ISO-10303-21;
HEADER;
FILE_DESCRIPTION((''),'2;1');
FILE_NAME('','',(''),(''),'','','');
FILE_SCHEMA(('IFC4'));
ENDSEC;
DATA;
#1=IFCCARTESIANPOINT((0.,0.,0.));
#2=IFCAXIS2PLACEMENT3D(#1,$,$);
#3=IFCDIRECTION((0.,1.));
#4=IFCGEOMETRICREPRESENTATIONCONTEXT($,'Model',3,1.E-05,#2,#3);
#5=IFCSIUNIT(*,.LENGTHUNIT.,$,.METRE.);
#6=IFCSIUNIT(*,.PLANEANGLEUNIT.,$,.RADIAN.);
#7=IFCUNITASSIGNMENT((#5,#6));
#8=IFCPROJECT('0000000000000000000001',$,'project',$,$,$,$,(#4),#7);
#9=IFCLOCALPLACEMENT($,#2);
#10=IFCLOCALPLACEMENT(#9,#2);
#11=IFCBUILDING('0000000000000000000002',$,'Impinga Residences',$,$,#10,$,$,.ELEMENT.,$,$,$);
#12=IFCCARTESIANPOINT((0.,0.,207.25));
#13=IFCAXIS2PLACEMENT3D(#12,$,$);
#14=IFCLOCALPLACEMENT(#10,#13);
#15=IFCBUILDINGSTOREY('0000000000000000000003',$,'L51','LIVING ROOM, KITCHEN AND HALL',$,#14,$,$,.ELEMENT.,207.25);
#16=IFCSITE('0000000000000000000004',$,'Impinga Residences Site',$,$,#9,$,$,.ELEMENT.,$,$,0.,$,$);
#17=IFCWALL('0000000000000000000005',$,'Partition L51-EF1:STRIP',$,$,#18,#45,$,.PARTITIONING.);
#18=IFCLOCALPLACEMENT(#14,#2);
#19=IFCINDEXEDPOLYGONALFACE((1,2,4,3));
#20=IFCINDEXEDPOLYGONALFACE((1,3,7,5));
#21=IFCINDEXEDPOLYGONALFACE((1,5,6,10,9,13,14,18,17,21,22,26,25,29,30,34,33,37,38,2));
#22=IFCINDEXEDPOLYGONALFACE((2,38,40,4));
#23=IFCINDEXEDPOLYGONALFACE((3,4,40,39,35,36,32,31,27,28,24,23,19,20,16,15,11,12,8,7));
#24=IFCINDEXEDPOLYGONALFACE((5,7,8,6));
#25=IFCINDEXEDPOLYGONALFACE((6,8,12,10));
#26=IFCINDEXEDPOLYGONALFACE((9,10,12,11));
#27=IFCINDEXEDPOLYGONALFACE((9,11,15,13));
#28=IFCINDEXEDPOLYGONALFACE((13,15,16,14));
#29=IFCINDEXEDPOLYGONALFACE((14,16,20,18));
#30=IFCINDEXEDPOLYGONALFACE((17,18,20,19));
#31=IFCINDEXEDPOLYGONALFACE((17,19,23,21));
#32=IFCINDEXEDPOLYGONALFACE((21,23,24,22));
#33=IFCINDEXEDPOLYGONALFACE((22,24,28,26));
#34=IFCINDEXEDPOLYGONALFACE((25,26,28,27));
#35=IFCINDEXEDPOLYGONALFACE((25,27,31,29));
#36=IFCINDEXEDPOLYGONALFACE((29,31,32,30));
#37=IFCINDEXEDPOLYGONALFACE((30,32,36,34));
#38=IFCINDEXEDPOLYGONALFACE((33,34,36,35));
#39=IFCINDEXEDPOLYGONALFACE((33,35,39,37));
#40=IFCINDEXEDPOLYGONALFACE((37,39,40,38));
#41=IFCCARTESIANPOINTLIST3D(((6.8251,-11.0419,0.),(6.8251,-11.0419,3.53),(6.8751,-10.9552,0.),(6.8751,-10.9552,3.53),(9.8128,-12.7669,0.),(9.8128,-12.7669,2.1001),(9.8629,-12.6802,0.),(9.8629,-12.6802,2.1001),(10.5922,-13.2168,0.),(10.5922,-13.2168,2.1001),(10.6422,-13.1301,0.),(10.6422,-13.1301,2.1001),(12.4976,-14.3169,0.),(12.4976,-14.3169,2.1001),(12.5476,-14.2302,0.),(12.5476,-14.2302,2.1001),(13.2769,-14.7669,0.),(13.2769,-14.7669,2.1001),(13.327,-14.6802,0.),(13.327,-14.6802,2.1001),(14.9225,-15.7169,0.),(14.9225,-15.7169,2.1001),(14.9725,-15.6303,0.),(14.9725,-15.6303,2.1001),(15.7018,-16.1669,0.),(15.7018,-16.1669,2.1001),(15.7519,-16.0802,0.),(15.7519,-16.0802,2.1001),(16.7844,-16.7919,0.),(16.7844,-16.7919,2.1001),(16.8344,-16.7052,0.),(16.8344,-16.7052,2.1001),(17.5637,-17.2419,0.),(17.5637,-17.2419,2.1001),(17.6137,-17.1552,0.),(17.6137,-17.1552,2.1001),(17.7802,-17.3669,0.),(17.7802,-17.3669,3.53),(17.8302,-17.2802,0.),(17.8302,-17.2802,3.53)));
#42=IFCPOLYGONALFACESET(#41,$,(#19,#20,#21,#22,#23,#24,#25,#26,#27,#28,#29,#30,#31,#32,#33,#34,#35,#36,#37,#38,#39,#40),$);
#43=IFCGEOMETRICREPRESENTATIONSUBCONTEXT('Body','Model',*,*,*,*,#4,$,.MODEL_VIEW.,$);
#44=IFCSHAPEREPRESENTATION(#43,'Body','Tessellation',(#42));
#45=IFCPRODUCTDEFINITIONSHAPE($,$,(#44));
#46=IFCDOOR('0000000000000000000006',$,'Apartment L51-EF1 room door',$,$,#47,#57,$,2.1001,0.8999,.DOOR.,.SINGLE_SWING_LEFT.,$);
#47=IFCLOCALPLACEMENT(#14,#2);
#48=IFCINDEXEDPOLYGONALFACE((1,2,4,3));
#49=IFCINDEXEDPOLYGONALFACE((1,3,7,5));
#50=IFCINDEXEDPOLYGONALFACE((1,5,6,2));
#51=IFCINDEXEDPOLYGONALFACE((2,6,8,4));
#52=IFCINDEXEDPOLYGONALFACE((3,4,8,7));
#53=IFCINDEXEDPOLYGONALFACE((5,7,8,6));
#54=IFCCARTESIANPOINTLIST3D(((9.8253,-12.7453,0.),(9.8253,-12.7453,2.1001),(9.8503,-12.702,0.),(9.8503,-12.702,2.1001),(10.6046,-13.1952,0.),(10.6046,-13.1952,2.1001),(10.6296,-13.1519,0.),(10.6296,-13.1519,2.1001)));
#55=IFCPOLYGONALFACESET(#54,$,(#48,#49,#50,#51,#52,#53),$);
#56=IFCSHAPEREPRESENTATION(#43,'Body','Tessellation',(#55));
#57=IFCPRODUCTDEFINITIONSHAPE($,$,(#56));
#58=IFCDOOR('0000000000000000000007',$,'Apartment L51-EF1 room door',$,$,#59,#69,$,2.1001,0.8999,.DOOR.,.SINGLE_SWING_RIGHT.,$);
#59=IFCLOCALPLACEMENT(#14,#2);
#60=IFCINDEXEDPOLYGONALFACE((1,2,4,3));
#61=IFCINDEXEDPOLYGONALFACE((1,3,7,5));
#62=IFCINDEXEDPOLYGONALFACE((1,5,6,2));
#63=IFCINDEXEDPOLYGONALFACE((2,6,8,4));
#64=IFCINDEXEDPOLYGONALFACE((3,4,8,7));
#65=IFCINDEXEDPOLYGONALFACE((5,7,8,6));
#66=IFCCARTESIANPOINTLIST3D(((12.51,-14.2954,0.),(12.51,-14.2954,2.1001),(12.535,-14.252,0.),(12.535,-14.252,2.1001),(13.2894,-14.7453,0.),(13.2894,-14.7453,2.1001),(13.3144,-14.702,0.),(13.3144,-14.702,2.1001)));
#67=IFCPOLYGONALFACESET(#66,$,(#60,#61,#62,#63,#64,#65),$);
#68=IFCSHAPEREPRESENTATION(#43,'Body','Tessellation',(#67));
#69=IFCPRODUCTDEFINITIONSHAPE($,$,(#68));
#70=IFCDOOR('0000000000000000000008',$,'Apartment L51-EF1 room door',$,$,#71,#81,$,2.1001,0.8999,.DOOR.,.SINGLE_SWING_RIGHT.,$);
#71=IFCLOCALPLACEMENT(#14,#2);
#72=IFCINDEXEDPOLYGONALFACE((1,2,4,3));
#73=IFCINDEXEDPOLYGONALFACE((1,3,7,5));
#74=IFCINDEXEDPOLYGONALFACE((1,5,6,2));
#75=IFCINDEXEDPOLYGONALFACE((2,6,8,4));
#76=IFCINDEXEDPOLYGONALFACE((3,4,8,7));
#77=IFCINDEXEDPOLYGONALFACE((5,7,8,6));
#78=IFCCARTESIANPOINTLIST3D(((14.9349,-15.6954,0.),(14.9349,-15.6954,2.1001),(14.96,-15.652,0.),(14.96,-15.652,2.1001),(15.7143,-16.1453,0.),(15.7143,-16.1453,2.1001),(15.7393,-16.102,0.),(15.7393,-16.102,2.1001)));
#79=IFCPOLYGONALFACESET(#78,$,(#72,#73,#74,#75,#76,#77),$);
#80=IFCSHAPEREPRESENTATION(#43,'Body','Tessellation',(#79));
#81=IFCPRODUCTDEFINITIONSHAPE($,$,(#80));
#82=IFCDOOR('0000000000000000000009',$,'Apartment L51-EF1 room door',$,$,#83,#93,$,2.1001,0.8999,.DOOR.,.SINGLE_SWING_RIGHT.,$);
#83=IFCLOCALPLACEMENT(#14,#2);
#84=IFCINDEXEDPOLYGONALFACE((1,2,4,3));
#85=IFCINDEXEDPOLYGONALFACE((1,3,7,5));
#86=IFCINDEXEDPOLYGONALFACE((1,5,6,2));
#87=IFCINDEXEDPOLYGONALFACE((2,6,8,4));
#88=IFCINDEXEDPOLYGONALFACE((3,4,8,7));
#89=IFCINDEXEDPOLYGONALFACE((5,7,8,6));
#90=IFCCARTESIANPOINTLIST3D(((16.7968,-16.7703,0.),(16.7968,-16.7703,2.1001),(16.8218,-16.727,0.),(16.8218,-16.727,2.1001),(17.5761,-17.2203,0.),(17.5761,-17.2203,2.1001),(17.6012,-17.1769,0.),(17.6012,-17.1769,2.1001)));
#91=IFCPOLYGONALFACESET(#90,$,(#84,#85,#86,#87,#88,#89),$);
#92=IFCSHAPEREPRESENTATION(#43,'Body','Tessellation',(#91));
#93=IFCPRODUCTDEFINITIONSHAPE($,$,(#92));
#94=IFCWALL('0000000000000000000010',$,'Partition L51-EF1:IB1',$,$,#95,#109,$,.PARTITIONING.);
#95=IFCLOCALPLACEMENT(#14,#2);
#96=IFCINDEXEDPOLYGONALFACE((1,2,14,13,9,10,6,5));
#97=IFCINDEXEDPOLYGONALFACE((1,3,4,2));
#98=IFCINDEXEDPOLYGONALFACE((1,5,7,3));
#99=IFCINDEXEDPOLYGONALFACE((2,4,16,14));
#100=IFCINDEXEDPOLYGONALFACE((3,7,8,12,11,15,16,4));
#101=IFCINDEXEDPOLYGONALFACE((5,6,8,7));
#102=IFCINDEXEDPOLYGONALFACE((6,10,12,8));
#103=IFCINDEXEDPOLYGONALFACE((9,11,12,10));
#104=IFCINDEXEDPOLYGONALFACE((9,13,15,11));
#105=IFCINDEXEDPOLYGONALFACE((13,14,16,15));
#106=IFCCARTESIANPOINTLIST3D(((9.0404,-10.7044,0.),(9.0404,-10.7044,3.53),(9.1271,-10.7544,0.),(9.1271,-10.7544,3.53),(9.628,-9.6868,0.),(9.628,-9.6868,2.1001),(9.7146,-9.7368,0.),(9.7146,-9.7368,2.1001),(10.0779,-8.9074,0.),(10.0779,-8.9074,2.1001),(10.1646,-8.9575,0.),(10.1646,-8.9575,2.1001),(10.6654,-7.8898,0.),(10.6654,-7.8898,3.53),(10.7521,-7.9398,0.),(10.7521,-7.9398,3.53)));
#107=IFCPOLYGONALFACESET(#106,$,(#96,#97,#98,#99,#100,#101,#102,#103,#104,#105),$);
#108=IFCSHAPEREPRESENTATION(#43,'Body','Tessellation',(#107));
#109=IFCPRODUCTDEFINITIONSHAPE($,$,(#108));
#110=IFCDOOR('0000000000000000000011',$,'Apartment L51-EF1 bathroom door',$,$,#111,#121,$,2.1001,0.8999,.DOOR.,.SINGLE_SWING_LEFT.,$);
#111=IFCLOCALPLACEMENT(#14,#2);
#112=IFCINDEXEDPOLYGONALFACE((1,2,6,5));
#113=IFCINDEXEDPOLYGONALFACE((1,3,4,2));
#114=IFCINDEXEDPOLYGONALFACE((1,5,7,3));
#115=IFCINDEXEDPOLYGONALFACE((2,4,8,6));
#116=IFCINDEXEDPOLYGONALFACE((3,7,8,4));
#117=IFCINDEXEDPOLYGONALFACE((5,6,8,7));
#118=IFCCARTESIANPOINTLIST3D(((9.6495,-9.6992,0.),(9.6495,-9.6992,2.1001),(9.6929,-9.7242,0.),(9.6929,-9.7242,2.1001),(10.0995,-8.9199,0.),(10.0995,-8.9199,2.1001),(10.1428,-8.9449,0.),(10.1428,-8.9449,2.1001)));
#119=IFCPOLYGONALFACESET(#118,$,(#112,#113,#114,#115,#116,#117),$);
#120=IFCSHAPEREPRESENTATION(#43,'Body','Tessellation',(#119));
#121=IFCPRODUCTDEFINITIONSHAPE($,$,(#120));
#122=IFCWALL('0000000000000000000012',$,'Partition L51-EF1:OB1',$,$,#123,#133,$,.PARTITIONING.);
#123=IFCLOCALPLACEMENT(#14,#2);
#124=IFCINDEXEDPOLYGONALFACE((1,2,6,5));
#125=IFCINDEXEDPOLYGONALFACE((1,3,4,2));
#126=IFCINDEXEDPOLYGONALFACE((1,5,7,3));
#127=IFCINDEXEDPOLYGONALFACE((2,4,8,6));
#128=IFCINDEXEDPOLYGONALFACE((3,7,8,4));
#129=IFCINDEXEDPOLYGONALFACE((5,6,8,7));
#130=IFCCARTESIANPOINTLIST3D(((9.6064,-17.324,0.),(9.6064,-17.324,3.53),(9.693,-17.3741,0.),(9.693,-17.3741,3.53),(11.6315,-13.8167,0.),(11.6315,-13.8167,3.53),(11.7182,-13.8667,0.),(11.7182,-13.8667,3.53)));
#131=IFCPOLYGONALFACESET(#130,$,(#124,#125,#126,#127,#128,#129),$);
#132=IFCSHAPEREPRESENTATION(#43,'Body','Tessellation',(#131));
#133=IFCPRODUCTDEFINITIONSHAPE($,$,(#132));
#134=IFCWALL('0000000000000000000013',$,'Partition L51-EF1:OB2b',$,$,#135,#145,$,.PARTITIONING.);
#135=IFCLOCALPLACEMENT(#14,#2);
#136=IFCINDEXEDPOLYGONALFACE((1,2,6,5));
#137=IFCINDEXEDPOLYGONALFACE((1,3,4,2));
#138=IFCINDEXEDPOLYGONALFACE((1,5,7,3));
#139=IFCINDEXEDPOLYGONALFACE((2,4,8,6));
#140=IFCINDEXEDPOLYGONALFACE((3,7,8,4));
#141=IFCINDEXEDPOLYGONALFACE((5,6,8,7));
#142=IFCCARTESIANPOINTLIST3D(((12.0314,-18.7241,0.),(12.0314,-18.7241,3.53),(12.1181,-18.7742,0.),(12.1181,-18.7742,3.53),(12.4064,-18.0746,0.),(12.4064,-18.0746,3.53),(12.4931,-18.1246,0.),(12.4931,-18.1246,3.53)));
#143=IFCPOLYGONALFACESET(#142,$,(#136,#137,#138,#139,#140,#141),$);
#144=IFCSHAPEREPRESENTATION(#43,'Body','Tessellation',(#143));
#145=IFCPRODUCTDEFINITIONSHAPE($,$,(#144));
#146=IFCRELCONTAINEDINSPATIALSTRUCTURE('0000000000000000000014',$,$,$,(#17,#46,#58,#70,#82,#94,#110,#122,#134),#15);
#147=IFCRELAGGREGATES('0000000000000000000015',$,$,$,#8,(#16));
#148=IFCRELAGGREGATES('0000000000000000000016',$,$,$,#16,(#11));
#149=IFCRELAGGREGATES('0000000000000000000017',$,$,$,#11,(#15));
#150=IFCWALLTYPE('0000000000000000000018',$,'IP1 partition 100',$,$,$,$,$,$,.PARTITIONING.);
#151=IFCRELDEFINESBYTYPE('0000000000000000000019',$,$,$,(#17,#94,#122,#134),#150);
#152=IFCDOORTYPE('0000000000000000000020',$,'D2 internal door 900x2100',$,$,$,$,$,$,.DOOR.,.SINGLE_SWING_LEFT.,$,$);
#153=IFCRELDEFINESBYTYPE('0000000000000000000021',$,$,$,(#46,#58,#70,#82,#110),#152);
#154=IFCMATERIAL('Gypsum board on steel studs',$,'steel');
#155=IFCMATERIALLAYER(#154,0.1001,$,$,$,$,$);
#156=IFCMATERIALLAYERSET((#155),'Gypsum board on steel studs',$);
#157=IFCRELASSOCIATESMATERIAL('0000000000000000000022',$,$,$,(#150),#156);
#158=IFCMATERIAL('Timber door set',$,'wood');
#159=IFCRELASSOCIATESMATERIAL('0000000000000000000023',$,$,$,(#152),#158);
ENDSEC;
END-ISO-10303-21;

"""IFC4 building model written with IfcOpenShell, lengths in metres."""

from ifc_helpers import new_model, si_unit, direction, frame, frame_2d, origin, place, context, subcontext, project, spatial, rectangle, extrude, material, layer, layer_set, type_object, element, fill, save


model = new_model("IFC4")

# Units and contexts
model_context = context("Model", 3, precision=1e-05, world=origin(), true_north=direction((0.0, 1.0)))
body_context = subcontext(model_context, "Body", "Model", "MODEL_VIEW")
ifc_project = project(units=[si_unit("LENGTHUNIT", "METRE"), si_unit("PLANEANGLEUNIT", "RADIAN")], contexts=[model_context])

# Site, building, storey
site_placement = place(None, origin())
site = spatial("IfcSite", under=ifc_project, at=site_placement, Name="Impinga Residences Site", CompositionType="ELEMENT", RefElevation=0.0)
building_placement = place(site_placement, origin())
building = spatial("IfcBuilding", under=site, at=building_placement, Name="Impinga Residences", CompositionType="ELEMENT")
storey_placement = place(building_placement, frame((0.0, 0.0, 207.25)))
storey = spatial("IfcBuildingStorey", under=building, at=storey_placement, Name="L51", Description="LIVING ROOM, KITCHEN AND HALL", CompositionType="ELEMENT", Elevation=207.25)

# Shared definitions
ifc_material_1 = material(Name="Timber door set", Category="wood")

# Shared definitions
ifc_material_2 = material(Name="Gypsum board on steel studs", Category="steel")
ifc_layer_1 = layer(ifc_material_2, 0.1001)
ifc_layer_set_1 = layer_set([ifc_layer_1], Name="Gypsum board on steel studs")
wall_type_1 = type_object("IfcWallType", Name="IP1 partition 100", PredefinedType="PARTITIONING", material=ifc_layer_set_1)

# Wall, openings, doors
wall_1_placement = place(storey_placement, frame((6.8501, -10.9985, 0.0), z_axis=(0.0, 0.0, 1.0), x_axis=(0.866024, -0.500002, 0.0)))
wall_1 = element("IfcWall", 1, at=wall_1_placement, inside=storey, type_object=wall_type_1, Name="Partition L51-EF1:STRIP", PredefinedType="PARTITIONING", context=body_context, shape_type="SweptSolid", body=[
    extrude(rectangle(XDim=12.6499, YDim=0.1001, at=frame_2d((6.325, 0.0))), origin(), (0.0, 0.0, 1.0), 3.53),
])
opening_1_placement = place(wall_1_placement, frame((3.45, 0.0, 0.0)))
opening_1 = element("IfcOpeningElement", 2, at=opening_1_placement, cuts=wall_1, PredefinedType="OPENING", context=body_context, shape_type="SweptSolid", body=[
    extrude(rectangle(XDim=0.8999, YDim=2.1001, at=frame_2d((0.45, 1.05))), frame((0.0, 0.0601, 0.0), z_axis=(0.0, -1.0, 0.0), x_axis=(1.0, 0.0, 0.0)), (0.0, 0.0, 1.0), 0.1201),
])
opening_2_placement = place(wall_1_placement, frame((6.55, 0.0, 0.0)))
opening_2 = element("IfcOpeningElement", 3, at=opening_2_placement, cuts=wall_1, PredefinedType="OPENING", context=body_context, shape_type="SweptSolid", body=[
    extrude(rectangle(XDim=0.8999, YDim=2.1001, at=frame_2d((0.45, 1.05))), frame((0.0, 0.0601, 0.0), z_axis=(0.0, -1.0, 0.0), x_axis=(1.0, 0.0, 0.0)), (0.0, 0.0, 1.0), 0.1201),
])
opening_3_placement = place(wall_1_placement, frame((9.3501, 0.0, 0.0)))
opening_3 = element("IfcOpeningElement", 4, at=opening_3_placement, cuts=wall_1, PredefinedType="OPENING", context=body_context, shape_type="SweptSolid", body=[
    extrude(rectangle(XDim=0.8999, YDim=2.1001, at=frame_2d((0.45, 1.05))), frame((0.0, 0.0601, 0.0), z_axis=(0.0, -1.0, 0.0), x_axis=(1.0, 0.0, 0.0)), (0.0, 0.0, 1.0), 0.1201),
])
opening_4_placement = place(wall_1_placement, frame((11.5, 0.0, 0.0)))
opening_4 = element("IfcOpeningElement", 5, at=opening_4_placement, cuts=wall_1, PredefinedType="OPENING", context=body_context, shape_type="SweptSolid", body=[
    extrude(rectangle(XDim=0.8999, YDim=2.1001, at=frame_2d((0.45, 1.05))), frame((0.0, 0.0601, 0.0), z_axis=(0.0, -1.0, 0.0), x_axis=(1.0, 0.0, 0.0)), (0.0, 0.0, 1.0), 0.1201),
])
door_type_1 = type_object("IfcDoorType", Name="D2 internal door 900x2100", OperationType="SINGLE_SWING_LEFT", PredefinedType="DOOR", material=ifc_material_1)
door_1_placement = place(opening_1_placement, origin())
door_1 = element("IfcDoor", 6, at=door_1_placement, inside=storey, type_object=door_type_1, Name="Apartment L51-EF1 room door", OperationType="SINGLE_SWING_LEFT", OverallHeight=2.1001, OverallWidth=0.8999, PredefinedType="DOOR", context=body_context, shape_type="SweptSolid", body=[
    extrude(rectangle(XDim=0.8999, YDim=2.1001, at=frame_2d((0.45, 1.05))), frame((0.0, 0.0249, 0.0), z_axis=(0.0, -1.0, 0.0), x_axis=(1.0, 0.0, 0.0)), (0.0, 0.0, 1.0), 0.05),
])
fill(opening_1, door_1)
door_2_placement = place(opening_2_placement, origin())
door_2 = element("IfcDoor", 7, at=door_2_placement, inside=storey, type_object=door_type_1, Name="Apartment L51-EF1 room door", OperationType="SINGLE_SWING_RIGHT", OverallHeight=2.1001, OverallWidth=0.8999, PredefinedType="DOOR", context=body_context, shape_type="SweptSolid", body=[
    extrude(rectangle(XDim=0.8999, YDim=2.1001, at=frame_2d((0.45, 1.05))), frame((0.0, 0.0249, 0.0), z_axis=(0.0, -1.0, 0.0), x_axis=(1.0, 0.0, 0.0)), (0.0, 0.0, 1.0), 0.05),
])
fill(opening_2, door_2)
door_3_placement = place(opening_3_placement, origin())
door_3 = element("IfcDoor", 8, at=door_3_placement, inside=storey, type_object=door_type_1, Name="Apartment L51-EF1 room door", OperationType="SINGLE_SWING_RIGHT", OverallHeight=2.1001, OverallWidth=0.8999, PredefinedType="DOOR", context=body_context, shape_type="SweptSolid", body=[
    extrude(rectangle(XDim=0.8999, YDim=2.1001, at=frame_2d((0.45, 1.05))), frame((0.0, 0.0249, 0.0), z_axis=(0.0, -1.0, 0.0), x_axis=(1.0, 0.0, 0.0)), (0.0, 0.0, 1.0), 0.05),
])
fill(opening_3, door_3)
door_4_placement = place(opening_4_placement, origin())
door_4 = element("IfcDoor", 9, at=door_4_placement, inside=storey, type_object=door_type_1, Name="Apartment L51-EF1 room door", OperationType="SINGLE_SWING_RIGHT", OverallHeight=2.1001, OverallWidth=0.8999, PredefinedType="DOOR", context=body_context, shape_type="SweptSolid", body=[
    extrude(rectangle(XDim=0.8999, YDim=2.1001, at=frame_2d((0.45, 1.05))), frame((0.0, 0.0249, 0.0), z_axis=(0.0, -1.0, 0.0), x_axis=(1.0, 0.0, 0.0)), (0.0, 0.0, 1.0), 0.05),
])
fill(opening_4, door_4)

# Wall, opening, door
wall_2_placement = place(storey_placement, frame((10.7087, -7.9148, 0.0), z_axis=(0.0, 0.0, 1.0), x_axis=(-0.499985, -0.866034, 0.0)))
wall_2 = element("IfcWall", 10, at=wall_2_placement, inside=storey, type_object=wall_type_1, Name="Partition L51-EF1:IB1", PredefinedType="PARTITIONING", context=body_context, shape_type="SweptSolid", body=[
    extrude(rectangle(XDim=3.25, YDim=0.1001, at=frame_2d((1.625, 0.0))), origin(), (0.0, 0.0, 1.0), 3.53),
])
opening_5_placement = place(wall_2_placement, frame((1.175, 0.0, 0.0)))
opening_5 = element("IfcOpeningElement", 11, at=opening_5_placement, cuts=wall_2, PredefinedType="OPENING", context=body_context, shape_type="SweptSolid", body=[
    extrude(rectangle(XDim=0.8999, YDim=2.1001, at=frame_2d((0.45, 1.05))), frame((0.0, 0.0601, 0.0), z_axis=(0.0, -1.0, 0.0), x_axis=(1.0, 0.0, 0.0)), (0.0, 0.0, 1.0), 0.1201),
])
door_5_placement = place(opening_5_placement, origin())
door_5 = element("IfcDoor", 12, at=door_5_placement, inside=storey, type_object=door_type_1, Name="Apartment L51-EF1 bathroom door", OperationType="SINGLE_SWING_LEFT", OverallHeight=2.1001, OverallWidth=0.8999, PredefinedType="DOOR", context=body_context, shape_type="SweptSolid", body=[
    extrude(rectangle(XDim=0.8999, YDim=2.1001, at=frame_2d((0.45, 1.05))), frame((0.0, 0.0249, 0.0), z_axis=(0.0, -1.0, 0.0), x_axis=(1.0, 0.0, 0.0)), (0.0, 0.0, 1.0), 0.05),
])
fill(opening_5, door_5)

# Walls
wall_3_placement = place(storey_placement, frame((11.6748, -13.8418, 0.0), z_axis=(0.0, 0.0, 1.0), x_axis=(-0.500036, -0.866005, 0.0)))
element("IfcWall", 13, at=wall_3_placement, inside=storey, type_object=wall_type_1, Name="Partition L51-EF1:OB1", PredefinedType="PARTITIONING", context=body_context, shape_type="SweptSolid", body=[
    extrude(rectangle(XDim=4.05, YDim=0.1001, at=frame_2d((2.0249, 0.0))), origin(), (0.0, 0.0, 1.0), 3.53),
])
wall_4_placement = place(storey_placement, frame((12.4497, -18.0996, 0.0), z_axis=(0.0, 0.0, 1.0), x_axis=(-0.49992, -0.866072, 0.0)))
element("IfcWall", 14, at=wall_4_placement, inside=storey, type_object=wall_type_1, Name="Partition L51-EF1:OB2b", PredefinedType="PARTITIONING", context=body_context, shape_type="SweptSolid", body=[
    extrude(rectangle(XDim=0.75, YDim=0.1001, at=frame_2d((0.375, 0.0))), origin(), (0.0, 0.0, 1.0), 3.53),
])

save(model, "model.ifc")
